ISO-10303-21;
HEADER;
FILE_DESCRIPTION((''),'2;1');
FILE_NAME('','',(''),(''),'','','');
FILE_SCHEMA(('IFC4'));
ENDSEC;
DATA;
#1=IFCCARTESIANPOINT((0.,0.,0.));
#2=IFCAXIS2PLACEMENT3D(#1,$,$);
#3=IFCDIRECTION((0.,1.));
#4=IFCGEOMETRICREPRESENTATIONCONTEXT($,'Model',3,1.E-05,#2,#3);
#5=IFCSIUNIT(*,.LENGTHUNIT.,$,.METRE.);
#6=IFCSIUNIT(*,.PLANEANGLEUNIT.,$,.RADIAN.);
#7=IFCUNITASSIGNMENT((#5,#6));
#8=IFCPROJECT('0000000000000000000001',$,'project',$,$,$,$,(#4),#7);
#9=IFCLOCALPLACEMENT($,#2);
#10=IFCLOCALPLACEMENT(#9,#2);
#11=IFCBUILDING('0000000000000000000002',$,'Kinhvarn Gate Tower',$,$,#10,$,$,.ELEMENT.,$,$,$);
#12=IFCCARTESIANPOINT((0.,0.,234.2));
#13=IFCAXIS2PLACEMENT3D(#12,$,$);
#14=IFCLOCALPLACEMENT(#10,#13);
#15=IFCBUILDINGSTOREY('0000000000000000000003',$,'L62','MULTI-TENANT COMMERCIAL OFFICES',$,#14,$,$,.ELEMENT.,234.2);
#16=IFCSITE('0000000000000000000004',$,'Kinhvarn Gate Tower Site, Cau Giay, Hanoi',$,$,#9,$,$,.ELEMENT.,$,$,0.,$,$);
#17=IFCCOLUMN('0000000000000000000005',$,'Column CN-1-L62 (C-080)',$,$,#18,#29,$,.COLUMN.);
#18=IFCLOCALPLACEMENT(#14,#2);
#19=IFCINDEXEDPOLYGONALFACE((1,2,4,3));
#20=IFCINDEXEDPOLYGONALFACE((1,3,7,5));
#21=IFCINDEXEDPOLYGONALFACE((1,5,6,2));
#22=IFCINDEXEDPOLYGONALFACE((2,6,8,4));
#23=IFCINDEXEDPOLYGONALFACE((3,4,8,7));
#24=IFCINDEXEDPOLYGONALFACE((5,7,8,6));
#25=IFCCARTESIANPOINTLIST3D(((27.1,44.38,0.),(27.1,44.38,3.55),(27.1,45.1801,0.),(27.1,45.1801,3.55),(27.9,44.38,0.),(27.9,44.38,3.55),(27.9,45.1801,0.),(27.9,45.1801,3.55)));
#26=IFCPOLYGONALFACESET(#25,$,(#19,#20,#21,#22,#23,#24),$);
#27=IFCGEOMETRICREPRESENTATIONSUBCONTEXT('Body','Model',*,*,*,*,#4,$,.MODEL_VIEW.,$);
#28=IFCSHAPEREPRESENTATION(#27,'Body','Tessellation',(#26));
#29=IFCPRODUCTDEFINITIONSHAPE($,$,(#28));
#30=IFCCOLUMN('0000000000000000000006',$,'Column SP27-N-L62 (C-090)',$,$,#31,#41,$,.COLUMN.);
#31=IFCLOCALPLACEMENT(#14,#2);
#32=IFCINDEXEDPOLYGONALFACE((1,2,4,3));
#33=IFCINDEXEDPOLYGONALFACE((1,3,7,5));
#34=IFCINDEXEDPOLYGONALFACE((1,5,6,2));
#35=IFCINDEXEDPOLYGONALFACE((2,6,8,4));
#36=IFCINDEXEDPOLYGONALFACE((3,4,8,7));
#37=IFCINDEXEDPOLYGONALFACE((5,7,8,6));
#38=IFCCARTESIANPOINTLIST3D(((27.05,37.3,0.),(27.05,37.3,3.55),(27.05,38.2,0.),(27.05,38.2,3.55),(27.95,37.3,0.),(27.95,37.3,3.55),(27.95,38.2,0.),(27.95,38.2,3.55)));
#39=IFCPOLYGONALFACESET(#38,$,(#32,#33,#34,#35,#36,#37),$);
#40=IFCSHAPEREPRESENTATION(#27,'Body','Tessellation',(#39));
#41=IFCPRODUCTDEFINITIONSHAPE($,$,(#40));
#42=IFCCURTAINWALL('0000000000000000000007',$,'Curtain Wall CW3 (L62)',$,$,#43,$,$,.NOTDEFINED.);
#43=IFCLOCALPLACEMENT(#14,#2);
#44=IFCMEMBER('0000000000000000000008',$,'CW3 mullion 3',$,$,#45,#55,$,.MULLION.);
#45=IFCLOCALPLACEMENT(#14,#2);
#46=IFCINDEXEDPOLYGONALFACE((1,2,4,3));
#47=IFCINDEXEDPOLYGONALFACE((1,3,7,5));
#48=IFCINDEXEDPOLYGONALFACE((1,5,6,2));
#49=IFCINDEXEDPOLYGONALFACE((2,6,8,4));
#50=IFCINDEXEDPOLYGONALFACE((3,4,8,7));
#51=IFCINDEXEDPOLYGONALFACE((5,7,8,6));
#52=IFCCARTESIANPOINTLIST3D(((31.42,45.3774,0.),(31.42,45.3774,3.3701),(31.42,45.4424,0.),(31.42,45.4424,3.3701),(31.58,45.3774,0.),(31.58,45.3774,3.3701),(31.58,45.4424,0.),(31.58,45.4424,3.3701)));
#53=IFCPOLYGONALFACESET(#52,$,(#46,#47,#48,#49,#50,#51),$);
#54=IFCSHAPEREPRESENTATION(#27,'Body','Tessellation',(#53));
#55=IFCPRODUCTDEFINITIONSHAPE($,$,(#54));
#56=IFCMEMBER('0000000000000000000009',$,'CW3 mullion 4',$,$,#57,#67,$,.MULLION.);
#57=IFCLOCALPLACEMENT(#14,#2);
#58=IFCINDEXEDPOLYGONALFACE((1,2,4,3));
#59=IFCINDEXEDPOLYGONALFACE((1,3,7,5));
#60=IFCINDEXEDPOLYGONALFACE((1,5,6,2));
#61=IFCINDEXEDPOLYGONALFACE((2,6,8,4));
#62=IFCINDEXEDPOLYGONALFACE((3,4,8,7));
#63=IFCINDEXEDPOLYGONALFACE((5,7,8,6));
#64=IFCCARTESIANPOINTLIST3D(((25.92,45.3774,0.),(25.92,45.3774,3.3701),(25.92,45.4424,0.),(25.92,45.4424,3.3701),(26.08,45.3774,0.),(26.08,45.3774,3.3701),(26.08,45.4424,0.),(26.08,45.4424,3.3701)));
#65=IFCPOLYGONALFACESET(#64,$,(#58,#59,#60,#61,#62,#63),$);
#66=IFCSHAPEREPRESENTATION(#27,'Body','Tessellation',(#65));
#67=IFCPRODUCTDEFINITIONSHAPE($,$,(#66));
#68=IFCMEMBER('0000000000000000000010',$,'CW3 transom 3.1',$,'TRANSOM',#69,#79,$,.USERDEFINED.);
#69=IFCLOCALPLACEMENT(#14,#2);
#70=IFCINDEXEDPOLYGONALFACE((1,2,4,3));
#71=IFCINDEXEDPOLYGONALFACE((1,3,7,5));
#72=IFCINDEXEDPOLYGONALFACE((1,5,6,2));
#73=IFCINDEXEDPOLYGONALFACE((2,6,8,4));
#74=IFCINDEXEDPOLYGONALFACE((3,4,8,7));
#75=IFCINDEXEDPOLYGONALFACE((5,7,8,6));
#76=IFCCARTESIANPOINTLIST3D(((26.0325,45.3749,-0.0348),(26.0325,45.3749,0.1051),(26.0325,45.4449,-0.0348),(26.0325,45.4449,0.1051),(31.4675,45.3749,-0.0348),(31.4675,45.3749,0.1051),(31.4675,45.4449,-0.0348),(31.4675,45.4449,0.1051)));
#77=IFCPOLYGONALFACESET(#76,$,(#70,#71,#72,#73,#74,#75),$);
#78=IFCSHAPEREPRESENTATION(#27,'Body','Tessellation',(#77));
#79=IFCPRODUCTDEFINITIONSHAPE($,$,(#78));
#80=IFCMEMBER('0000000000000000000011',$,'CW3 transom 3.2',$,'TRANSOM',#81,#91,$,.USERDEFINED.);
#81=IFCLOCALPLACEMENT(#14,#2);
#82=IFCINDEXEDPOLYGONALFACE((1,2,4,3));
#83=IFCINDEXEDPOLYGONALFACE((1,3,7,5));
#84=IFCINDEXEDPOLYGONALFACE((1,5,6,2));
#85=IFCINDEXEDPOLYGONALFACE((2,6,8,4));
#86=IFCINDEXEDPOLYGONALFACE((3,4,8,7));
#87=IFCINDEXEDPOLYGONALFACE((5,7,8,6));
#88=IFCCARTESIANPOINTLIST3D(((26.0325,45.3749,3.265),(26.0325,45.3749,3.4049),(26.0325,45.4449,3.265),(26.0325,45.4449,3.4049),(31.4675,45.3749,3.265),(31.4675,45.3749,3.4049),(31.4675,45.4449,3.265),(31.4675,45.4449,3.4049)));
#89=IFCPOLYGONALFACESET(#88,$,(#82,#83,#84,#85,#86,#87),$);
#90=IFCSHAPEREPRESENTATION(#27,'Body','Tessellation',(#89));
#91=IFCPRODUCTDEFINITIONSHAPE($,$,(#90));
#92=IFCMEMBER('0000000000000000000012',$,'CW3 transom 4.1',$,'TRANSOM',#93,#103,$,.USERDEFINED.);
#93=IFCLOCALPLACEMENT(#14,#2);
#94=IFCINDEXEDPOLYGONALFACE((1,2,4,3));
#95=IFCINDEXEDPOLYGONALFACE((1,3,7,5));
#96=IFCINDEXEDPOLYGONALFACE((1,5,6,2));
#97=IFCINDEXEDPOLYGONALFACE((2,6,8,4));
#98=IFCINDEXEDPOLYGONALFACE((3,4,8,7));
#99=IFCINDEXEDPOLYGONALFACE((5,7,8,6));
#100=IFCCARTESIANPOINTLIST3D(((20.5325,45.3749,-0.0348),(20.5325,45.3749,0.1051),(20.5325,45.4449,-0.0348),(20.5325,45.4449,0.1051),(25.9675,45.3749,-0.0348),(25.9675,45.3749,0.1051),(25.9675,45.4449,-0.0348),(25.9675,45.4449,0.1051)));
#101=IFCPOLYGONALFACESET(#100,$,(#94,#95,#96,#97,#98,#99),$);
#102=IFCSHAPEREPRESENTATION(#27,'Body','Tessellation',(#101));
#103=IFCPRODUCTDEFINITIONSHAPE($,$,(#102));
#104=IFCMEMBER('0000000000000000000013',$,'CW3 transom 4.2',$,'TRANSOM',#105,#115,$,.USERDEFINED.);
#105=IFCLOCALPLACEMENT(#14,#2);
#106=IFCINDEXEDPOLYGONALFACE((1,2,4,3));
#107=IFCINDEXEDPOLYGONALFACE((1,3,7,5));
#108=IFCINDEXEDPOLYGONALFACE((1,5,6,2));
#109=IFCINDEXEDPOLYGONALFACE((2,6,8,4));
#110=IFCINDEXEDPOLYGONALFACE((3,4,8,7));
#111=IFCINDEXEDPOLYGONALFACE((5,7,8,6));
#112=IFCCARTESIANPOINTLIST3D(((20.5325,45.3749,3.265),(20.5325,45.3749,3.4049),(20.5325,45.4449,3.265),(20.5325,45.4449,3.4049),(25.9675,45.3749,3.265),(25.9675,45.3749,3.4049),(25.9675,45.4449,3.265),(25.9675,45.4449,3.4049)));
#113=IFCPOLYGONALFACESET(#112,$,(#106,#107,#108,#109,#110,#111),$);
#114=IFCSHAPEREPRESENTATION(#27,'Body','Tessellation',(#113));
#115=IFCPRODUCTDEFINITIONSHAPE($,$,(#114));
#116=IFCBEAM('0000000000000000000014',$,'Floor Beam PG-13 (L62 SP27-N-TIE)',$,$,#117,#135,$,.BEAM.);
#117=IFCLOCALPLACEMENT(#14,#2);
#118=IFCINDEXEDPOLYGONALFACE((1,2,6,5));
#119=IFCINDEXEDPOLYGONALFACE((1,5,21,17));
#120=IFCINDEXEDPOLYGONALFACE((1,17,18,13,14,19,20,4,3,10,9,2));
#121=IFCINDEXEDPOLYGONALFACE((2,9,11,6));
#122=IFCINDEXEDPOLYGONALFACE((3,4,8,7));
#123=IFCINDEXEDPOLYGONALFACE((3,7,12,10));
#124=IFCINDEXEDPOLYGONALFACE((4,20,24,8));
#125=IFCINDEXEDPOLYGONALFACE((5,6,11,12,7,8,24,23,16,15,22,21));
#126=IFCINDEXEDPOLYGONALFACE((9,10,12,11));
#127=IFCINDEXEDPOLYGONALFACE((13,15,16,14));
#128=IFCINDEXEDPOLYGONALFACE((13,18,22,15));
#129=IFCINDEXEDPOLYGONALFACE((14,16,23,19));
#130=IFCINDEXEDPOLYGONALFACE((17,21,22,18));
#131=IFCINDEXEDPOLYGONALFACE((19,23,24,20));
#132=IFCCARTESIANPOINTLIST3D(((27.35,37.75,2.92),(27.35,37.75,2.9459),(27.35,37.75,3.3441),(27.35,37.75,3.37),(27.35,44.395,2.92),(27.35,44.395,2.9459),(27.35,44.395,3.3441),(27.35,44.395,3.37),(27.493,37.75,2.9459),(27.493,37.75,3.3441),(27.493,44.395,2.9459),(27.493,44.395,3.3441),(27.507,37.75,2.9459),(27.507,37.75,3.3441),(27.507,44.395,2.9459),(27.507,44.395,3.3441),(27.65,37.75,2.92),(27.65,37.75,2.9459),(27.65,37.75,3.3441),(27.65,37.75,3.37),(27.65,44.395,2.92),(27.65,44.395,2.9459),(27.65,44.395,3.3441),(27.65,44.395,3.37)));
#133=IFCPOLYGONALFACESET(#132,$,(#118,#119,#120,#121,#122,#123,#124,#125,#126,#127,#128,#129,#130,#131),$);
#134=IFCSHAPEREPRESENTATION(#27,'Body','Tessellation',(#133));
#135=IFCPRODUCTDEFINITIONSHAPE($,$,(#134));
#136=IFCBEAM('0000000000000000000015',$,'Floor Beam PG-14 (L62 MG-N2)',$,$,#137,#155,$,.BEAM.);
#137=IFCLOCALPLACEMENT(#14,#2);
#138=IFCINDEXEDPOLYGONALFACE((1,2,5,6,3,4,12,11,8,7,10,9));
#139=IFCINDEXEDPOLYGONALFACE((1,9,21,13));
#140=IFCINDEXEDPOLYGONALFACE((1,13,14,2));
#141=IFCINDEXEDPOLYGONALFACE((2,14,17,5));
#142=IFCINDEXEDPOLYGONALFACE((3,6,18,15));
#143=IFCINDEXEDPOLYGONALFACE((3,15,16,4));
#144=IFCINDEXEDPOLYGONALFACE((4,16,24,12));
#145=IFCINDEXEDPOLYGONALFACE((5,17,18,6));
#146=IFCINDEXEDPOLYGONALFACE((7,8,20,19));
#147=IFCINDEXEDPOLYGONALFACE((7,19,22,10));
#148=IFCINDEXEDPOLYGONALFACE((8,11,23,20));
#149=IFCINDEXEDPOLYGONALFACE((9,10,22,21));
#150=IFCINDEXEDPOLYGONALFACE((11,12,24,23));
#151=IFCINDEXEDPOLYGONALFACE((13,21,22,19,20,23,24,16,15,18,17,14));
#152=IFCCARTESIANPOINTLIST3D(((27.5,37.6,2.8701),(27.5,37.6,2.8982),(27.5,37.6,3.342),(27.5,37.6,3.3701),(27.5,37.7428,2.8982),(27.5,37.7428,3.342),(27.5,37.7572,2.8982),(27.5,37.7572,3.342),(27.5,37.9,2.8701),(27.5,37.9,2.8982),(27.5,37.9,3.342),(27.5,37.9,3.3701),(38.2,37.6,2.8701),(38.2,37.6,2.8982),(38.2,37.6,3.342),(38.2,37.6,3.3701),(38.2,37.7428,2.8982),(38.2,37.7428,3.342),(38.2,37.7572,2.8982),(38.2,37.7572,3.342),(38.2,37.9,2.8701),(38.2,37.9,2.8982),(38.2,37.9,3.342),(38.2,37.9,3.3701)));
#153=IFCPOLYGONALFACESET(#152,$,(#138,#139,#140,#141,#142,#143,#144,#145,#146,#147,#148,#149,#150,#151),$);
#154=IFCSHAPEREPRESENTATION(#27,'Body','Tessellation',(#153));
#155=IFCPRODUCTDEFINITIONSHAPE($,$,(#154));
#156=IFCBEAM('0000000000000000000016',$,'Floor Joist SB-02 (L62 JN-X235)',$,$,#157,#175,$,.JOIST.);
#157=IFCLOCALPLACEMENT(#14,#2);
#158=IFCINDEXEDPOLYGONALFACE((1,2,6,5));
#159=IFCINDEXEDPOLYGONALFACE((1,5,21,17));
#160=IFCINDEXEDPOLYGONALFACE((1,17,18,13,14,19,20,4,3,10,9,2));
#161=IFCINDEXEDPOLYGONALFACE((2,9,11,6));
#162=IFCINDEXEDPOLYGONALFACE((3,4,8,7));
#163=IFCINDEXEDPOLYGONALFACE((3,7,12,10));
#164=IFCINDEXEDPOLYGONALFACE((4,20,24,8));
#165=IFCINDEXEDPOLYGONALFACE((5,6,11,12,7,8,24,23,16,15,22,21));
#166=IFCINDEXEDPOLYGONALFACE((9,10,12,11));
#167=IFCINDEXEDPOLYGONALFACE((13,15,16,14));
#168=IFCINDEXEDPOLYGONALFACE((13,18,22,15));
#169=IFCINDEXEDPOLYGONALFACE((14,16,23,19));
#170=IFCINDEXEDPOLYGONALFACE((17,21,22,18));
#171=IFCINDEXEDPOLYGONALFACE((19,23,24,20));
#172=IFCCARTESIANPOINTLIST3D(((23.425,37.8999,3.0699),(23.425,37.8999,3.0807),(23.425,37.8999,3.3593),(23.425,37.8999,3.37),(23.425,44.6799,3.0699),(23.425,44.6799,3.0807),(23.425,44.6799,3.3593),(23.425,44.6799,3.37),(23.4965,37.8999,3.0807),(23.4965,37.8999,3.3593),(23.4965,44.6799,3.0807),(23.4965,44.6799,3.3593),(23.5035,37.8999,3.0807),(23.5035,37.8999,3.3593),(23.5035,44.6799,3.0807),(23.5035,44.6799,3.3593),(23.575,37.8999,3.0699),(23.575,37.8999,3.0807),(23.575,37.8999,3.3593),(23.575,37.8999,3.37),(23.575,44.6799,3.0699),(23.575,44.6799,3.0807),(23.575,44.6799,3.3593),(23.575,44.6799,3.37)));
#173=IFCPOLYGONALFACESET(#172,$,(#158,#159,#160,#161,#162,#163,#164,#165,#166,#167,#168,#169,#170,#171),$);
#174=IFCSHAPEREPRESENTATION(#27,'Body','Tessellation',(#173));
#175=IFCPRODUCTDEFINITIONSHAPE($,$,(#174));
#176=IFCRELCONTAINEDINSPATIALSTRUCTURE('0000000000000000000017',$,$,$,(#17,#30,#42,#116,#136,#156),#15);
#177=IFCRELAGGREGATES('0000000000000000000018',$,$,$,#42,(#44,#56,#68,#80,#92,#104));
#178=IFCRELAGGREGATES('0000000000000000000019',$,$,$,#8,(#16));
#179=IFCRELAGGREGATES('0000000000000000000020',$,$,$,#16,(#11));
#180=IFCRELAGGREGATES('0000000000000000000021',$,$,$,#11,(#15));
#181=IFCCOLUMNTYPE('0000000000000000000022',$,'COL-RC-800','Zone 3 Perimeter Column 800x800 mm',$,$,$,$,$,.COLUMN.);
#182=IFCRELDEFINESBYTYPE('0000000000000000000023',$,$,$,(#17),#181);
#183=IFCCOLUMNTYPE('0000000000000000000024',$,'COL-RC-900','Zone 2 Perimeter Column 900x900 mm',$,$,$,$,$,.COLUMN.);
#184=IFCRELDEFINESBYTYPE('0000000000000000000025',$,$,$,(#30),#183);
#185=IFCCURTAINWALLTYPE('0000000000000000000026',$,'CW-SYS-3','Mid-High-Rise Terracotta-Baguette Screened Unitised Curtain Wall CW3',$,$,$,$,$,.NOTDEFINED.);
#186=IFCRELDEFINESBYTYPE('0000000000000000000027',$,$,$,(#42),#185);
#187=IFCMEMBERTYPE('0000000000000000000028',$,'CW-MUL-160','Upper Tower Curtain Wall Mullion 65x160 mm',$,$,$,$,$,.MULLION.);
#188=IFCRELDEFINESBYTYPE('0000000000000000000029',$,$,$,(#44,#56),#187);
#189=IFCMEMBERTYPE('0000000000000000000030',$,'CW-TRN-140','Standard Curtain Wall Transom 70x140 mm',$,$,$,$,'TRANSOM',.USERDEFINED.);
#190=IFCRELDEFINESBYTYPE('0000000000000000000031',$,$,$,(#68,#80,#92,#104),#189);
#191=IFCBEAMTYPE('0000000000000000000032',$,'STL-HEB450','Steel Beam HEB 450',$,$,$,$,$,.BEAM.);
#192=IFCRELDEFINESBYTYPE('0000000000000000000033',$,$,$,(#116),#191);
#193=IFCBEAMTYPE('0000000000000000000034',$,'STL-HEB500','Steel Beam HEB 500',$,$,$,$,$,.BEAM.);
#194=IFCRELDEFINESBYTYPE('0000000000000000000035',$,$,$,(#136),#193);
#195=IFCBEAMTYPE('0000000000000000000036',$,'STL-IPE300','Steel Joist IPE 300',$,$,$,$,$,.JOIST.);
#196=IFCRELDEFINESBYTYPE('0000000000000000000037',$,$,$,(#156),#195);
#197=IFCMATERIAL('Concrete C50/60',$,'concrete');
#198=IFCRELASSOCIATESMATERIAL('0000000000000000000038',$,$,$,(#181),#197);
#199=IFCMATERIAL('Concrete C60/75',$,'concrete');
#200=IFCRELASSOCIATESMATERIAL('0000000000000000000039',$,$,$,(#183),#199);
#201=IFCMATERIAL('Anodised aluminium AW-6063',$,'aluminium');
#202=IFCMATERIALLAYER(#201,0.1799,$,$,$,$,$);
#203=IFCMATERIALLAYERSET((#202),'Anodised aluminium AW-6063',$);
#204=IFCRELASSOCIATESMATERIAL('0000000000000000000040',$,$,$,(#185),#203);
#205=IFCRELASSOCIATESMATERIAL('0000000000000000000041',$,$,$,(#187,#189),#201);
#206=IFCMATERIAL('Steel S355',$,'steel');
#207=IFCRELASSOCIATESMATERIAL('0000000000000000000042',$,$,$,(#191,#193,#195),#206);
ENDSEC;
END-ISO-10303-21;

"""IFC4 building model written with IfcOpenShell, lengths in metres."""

from ifc_helpers import new_model, si_unit, direction, frame, origin, origin_2d, place, context, subcontext, project, spatial, rectangle, i_section, extrude, material, layer, layer_set, material_profile, profile_set, type_object, element, aggregate, save


model = new_model("IFC4")

# Units and contexts
model_context = context("Model", 3, precision=1e-05, world=origin(), true_north=direction((0.0, 1.0)))
body_context = subcontext(model_context, "Body", "Model", "MODEL_VIEW")
ifc_project = project(units=[si_unit("LENGTHUNIT", "METRE"), si_unit("PLANEANGLEUNIT", "RADIAN")], contexts=[model_context])

# Site, building, storey
site_placement = place(None, origin())
site = spatial("IfcSite", under=ifc_project, at=site_placement, Name="Kinhvarn Gate Tower Site, Cau Giay, Hanoi", CompositionType="ELEMENT", RefElevation=0.0)
building_placement = place(site_placement, origin())
building = spatial("IfcBuilding", under=site, at=building_placement, Name="Kinhvarn Gate Tower", CompositionType="ELEMENT")
storey_placement = place(building_placement, frame((0.0, 0.0, 234.2)))
storey = spatial("IfcBuildingStorey", under=building, at=storey_placement, Name="L62", Description="MULTI-TENANT COMMERCIAL OFFICES", CompositionType="ELEMENT", Elevation=234.2)

# Columns
ifc_material_1 = material(Name="Concrete C50/60", Category="concrete")
ifc_material_profile_1 = material_profile(ifc_material_1, rectangle(XDim=0.8, YDim=0.8, at=origin_2d()), Name="RC 800x800")
ifc_profile_set_1 = profile_set([ifc_material_profile_1], Name="Concrete C50/60")
column_type_1 = type_object("IfcColumnType", Name="COL-RC-800", Description="Zone 3 Perimeter Column 800x800 mm", PredefinedType="COLUMN", material=ifc_profile_set_1)
column_1_placement = place(storey_placement, frame((27.5, 44.78, 0.0), z_axis=(0.0, 0.0, 1.0), x_axis=(1.0, 0.0, 0.0)))
element("IfcColumn", 1, at=column_1_placement, inside=storey, type_object=column_type_1, Name="Column CN-1-L62 (C-080)", PredefinedType="COLUMN", context=body_context, shape_type="SweptSolid", body=[
    extrude(rectangle(XDim=0.8, YDim=0.8, at=origin_2d()), origin(), (0.0, 0.0, 1.0), 3.55),
])
ifc_material_2 = material(Name="Concrete C60/75", Category="concrete")
ifc_material_profile_2 = material_profile(ifc_material_2, rectangle(XDim=0.8999, YDim=0.8999, at=origin_2d()), Name="RC 900x900")
ifc_profile_set_2 = profile_set([ifc_material_profile_2], Name="Concrete C60/75")
column_type_2 = type_object("IfcColumnType", Name="COL-RC-900", Description="Zone 2 Perimeter Column 900x900 mm", PredefinedType="COLUMN", material=ifc_profile_set_2)
column_2_placement = place(storey_placement, frame((27.5, 37.75, 0.0), z_axis=(0.0, 0.0, 1.0), x_axis=(1.0, 0.0, 0.0)))
element("IfcColumn", 2, at=column_2_placement, inside=storey, type_object=column_type_2, Name="Column SP27-N-L62 (C-090)", PredefinedType="COLUMN", context=body_context, shape_type="SweptSolid", body=[
    extrude(rectangle(XDim=0.8999, YDim=0.8999, at=origin_2d()), origin(), (0.0, 0.0, 1.0), 3.55),
])

# Curtain wall, members
ifc_material_3 = material(Name="Anodised aluminium AW-6063", Category="aluminium")
ifc_layer_1 = layer(ifc_material_3, 0.1799)
ifc_layer_set_1 = layer_set([ifc_layer_1], Name="Anodised aluminium AW-6063")
curtain_wall_type = type_object("IfcCurtainWallType", Name="CW-SYS-3", Description="Mid-High-Rise Terracotta-Baguette Screened Unitised Curtain Wall CW3", PredefinedType="NOTDEFINED", material=ifc_layer_set_1)
curtain_wall_placement = place(storey_placement, origin())
curtain_wall = element("IfcCurtainWall", 3, at=curtain_wall_placement, inside=storey, type_object=curtain_wall_type, Name="Curtain Wall CW3 (L62)", PredefinedType="NOTDEFINED")
ifc_material_profile_3 = material_profile(ifc_material_3, rectangle(XDim=0.0649, YDim=0.1599, at=origin_2d()), Name="ALU 65x160")
ifc_profile_set_3 = profile_set([ifc_material_profile_3], Name="Anodised aluminium AW-6063")
member_type_1 = type_object("IfcMemberType", Name="CW-MUL-160", Description="Upper Tower Curtain Wall Mullion 65x160 mm", PredefinedType="MULLION", material=ifc_profile_set_3)
member_1_placement = place(storey_placement, frame((31.5, 45.4099, 0.0), z_axis=(0.0, 0.0, 1.0), x_axis=(0.0, -1.0, 0.0)))
member_1 = element("IfcMember", 4, at=member_1_placement, type_object=member_type_1, Name="CW3 mullion 3", PredefinedType="MULLION", context=body_context, shape_type="SweptSolid", body=[
    extrude(rectangle(XDim=0.0649, YDim=0.1599, at=origin_2d()), origin(), (0.0, 0.0, 1.0), 3.3701),
])
member_2_placement = place(storey_placement, frame((26.0, 45.4099, 0.0), z_axis=(0.0, 0.0, 1.0), x_axis=(0.0, -1.0, 0.0)))
member_2 = element("IfcMember", 5, at=member_2_placement, type_object=member_type_1, Name="CW3 mullion 4", PredefinedType="MULLION", context=body_context, shape_type="SweptSolid", body=[
    extrude(rectangle(XDim=0.0649, YDim=0.1599, at=origin_2d()), origin(), (0.0, 0.0, 1.0), 3.3701),
])
ifc_material_profile_4 = material_profile(ifc_material_3, rectangle(XDim=0.0701, YDim=0.1399, at=origin_2d()), Name="ALU 70x140")
ifc_profile_set_4 = profile_set([ifc_material_profile_4], Name="Anodised aluminium AW-6063")
member_type_2 = type_object("IfcMemberType", Name="CW-TRN-140", Description="Standard Curtain Wall Transom 70x140 mm", ElementType="TRANSOM", PredefinedType="USERDEFINED", material=ifc_profile_set_4)
member_3_placement = place(storey_placement, frame((31.4675, 45.4099, 0.0352), z_axis=(-1.0, 0.0, 0.0), x_axis=(0.0, -1.0, 0.0)))
member_3 = element("IfcMember", 6, at=member_3_placement, type_object=member_type_2, Name="CW3 transom 3.1", ObjectType="TRANSOM", PredefinedType="USERDEFINED", context=body_context, shape_type="SweptSolid", body=[
    extrude(rectangle(XDim=0.0701, YDim=0.1399, at=origin_2d()), origin(), (0.0, 0.0, 1.0), 5.4351),
])
member_4_placement = place(storey_placement, frame((31.4675, 45.4099, 3.335), z_axis=(-1.0, 0.0, 0.0), x_axis=(0.0, -1.0, 0.0)))
member_4 = element("IfcMember", 7, at=member_4_placement, type_object=member_type_2, Name="CW3 transom 3.2", ObjectType="TRANSOM", PredefinedType="USERDEFINED", context=body_context, shape_type="SweptSolid", body=[
    extrude(rectangle(XDim=0.0701, YDim=0.1399, at=origin_2d()), origin(), (0.0, 0.0, 1.0), 5.4351),
])
member_5_placement = place(storey_placement, frame((25.9675, 45.4099, 0.0352), z_axis=(-1.0, 0.0, 0.0), x_axis=(0.0, -1.0, 0.0)))
member_5 = element("IfcMember", 8, at=member_5_placement, type_object=member_type_2, Name="CW3 transom 4.1", ObjectType="TRANSOM", PredefinedType="USERDEFINED", context=body_context, shape_type="SweptSolid", body=[
    extrude(rectangle(XDim=0.0701, YDim=0.1399, at=origin_2d()), origin(), (0.0, 0.0, 1.0), 5.4351),
])
member_6_placement = place(storey_placement, frame((25.9675, 45.4099, 3.335), z_axis=(-1.0, 0.0, 0.0), x_axis=(0.0, -1.0, 0.0)))
member_6 = element("IfcMember", 9, at=member_6_placement, type_object=member_type_2, Name="CW3 transom 4.2", ObjectType="TRANSOM", PredefinedType="USERDEFINED", context=body_context, shape_type="SweptSolid", body=[
    extrude(rectangle(XDim=0.0701, YDim=0.1399, at=origin_2d()), origin(), (0.0, 0.0, 1.0), 5.4351),
])

# Beams
ifc_material_4 = material(Name="Steel S355", Category="steel")
ifc_material_profile_5 = material_profile(ifc_material_4, i_section(OverallWidth=0.3, OverallDepth=0.45, WebThickness=0.0139, FlangeThickness=0.0259, at=origin_2d()), Name="HEB 450")
ifc_profile_set_5 = profile_set([ifc_material_profile_5], Name="Steel S355")
beam_type_1 = type_object("IfcBeamType", Name="STL-HEB450", Description="Steel Beam HEB 450", PredefinedType="BEAM", material=ifc_profile_set_5)
beam_1_placement = place(storey_placement, frame((27.5, 37.75, 3.145), z_axis=(0.0, 1.0, 0.0), x_axis=(-1.0, 0.0, 0.0)))
element("IfcBeam", 10, at=beam_1_placement, inside=storey, type_object=beam_type_1, Name="Floor Beam PG-13 (L62 SP27-N-TIE)", PredefinedType="BEAM", context=body_context, shape_type="SweptSolid", body=[
    extrude(i_section(OverallWidth=0.3, OverallDepth=0.45, WebThickness=0.0139, FlangeThickness=0.0259, at=origin_2d()), origin(), (0.0, 0.0, 1.0), 6.645),
])
ifc_material_profile_6 = material_profile(ifc_material_4, i_section(OverallWidth=0.3, OverallDepth=0.5, WebThickness=0.0144, FlangeThickness=0.0281, at=origin_2d()), Name="HEB 500")
ifc_profile_set_6 = profile_set([ifc_material_profile_6], Name="Steel S355")
beam_type_2 = type_object("IfcBeamType", Name="STL-HEB500", Description="Steel Beam HEB 500", PredefinedType="BEAM", material=ifc_profile_set_6)
beam_2_placement = place(storey_placement, frame((27.5, 37.75, 3.1201), z_axis=(1.0, 0.0, 0.0), x_axis=(0.0, 1.0, 0.0)))
element("IfcBeam", 11, at=beam_2_placement, inside=storey, type_object=beam_type_2, Name="Floor Beam PG-14 (L62 MG-N2)", PredefinedType="BEAM", context=body_context, shape_type="SweptSolid", body=[
    extrude(i_section(OverallWidth=0.3, OverallDepth=0.5, WebThickness=0.0144, FlangeThickness=0.0281, at=origin_2d()), origin(), (0.0, 0.0, 1.0), 10.7),
])
ifc_material_profile_7 = material_profile(ifc_material_4, i_section(OverallWidth=0.1499, OverallDepth=0.3, WebThickness=0.0071, FlangeThickness=0.0107, at=origin_2d()), Name="IPE 300")
ifc_profile_set_7 = profile_set([ifc_material_profile_7], Name="Steel S355")
beam_type_3 = type_object("IfcBeamType", Name="STL-IPE300", Description="Steel Joist IPE 300", PredefinedType="JOIST", material=ifc_profile_set_7)
for number, where, z_axis, x_axis, name in (
    (12, (23.5, 37.8999, 3.22), (0.0, 1.0, 0.0), (-1.0, 0.0, 0.0), "Floor Joist SB-02 (L62 JN-X235)"),
):
    element("IfcBeam", number, at=place(storey_placement, frame(where, z_axis=z_axis, x_axis=x_axis)), inside=storey, type_object=beam_type_3, Name=name, PredefinedType="JOIST", context=body_context, shape_type="SweptSolid", body=[
        extrude(i_section(OverallWidth=0.1499, OverallDepth=0.3, WebThickness=0.0071, FlangeThickness=0.0107, at=origin_2d()), origin(), (0.0, 0.0, 1.0), 6.78),
    ])

aggregate(curtain_wall, [member_1, member_2, member_3, member_4, member_5, member_6])

save(model, "model.ifc")
